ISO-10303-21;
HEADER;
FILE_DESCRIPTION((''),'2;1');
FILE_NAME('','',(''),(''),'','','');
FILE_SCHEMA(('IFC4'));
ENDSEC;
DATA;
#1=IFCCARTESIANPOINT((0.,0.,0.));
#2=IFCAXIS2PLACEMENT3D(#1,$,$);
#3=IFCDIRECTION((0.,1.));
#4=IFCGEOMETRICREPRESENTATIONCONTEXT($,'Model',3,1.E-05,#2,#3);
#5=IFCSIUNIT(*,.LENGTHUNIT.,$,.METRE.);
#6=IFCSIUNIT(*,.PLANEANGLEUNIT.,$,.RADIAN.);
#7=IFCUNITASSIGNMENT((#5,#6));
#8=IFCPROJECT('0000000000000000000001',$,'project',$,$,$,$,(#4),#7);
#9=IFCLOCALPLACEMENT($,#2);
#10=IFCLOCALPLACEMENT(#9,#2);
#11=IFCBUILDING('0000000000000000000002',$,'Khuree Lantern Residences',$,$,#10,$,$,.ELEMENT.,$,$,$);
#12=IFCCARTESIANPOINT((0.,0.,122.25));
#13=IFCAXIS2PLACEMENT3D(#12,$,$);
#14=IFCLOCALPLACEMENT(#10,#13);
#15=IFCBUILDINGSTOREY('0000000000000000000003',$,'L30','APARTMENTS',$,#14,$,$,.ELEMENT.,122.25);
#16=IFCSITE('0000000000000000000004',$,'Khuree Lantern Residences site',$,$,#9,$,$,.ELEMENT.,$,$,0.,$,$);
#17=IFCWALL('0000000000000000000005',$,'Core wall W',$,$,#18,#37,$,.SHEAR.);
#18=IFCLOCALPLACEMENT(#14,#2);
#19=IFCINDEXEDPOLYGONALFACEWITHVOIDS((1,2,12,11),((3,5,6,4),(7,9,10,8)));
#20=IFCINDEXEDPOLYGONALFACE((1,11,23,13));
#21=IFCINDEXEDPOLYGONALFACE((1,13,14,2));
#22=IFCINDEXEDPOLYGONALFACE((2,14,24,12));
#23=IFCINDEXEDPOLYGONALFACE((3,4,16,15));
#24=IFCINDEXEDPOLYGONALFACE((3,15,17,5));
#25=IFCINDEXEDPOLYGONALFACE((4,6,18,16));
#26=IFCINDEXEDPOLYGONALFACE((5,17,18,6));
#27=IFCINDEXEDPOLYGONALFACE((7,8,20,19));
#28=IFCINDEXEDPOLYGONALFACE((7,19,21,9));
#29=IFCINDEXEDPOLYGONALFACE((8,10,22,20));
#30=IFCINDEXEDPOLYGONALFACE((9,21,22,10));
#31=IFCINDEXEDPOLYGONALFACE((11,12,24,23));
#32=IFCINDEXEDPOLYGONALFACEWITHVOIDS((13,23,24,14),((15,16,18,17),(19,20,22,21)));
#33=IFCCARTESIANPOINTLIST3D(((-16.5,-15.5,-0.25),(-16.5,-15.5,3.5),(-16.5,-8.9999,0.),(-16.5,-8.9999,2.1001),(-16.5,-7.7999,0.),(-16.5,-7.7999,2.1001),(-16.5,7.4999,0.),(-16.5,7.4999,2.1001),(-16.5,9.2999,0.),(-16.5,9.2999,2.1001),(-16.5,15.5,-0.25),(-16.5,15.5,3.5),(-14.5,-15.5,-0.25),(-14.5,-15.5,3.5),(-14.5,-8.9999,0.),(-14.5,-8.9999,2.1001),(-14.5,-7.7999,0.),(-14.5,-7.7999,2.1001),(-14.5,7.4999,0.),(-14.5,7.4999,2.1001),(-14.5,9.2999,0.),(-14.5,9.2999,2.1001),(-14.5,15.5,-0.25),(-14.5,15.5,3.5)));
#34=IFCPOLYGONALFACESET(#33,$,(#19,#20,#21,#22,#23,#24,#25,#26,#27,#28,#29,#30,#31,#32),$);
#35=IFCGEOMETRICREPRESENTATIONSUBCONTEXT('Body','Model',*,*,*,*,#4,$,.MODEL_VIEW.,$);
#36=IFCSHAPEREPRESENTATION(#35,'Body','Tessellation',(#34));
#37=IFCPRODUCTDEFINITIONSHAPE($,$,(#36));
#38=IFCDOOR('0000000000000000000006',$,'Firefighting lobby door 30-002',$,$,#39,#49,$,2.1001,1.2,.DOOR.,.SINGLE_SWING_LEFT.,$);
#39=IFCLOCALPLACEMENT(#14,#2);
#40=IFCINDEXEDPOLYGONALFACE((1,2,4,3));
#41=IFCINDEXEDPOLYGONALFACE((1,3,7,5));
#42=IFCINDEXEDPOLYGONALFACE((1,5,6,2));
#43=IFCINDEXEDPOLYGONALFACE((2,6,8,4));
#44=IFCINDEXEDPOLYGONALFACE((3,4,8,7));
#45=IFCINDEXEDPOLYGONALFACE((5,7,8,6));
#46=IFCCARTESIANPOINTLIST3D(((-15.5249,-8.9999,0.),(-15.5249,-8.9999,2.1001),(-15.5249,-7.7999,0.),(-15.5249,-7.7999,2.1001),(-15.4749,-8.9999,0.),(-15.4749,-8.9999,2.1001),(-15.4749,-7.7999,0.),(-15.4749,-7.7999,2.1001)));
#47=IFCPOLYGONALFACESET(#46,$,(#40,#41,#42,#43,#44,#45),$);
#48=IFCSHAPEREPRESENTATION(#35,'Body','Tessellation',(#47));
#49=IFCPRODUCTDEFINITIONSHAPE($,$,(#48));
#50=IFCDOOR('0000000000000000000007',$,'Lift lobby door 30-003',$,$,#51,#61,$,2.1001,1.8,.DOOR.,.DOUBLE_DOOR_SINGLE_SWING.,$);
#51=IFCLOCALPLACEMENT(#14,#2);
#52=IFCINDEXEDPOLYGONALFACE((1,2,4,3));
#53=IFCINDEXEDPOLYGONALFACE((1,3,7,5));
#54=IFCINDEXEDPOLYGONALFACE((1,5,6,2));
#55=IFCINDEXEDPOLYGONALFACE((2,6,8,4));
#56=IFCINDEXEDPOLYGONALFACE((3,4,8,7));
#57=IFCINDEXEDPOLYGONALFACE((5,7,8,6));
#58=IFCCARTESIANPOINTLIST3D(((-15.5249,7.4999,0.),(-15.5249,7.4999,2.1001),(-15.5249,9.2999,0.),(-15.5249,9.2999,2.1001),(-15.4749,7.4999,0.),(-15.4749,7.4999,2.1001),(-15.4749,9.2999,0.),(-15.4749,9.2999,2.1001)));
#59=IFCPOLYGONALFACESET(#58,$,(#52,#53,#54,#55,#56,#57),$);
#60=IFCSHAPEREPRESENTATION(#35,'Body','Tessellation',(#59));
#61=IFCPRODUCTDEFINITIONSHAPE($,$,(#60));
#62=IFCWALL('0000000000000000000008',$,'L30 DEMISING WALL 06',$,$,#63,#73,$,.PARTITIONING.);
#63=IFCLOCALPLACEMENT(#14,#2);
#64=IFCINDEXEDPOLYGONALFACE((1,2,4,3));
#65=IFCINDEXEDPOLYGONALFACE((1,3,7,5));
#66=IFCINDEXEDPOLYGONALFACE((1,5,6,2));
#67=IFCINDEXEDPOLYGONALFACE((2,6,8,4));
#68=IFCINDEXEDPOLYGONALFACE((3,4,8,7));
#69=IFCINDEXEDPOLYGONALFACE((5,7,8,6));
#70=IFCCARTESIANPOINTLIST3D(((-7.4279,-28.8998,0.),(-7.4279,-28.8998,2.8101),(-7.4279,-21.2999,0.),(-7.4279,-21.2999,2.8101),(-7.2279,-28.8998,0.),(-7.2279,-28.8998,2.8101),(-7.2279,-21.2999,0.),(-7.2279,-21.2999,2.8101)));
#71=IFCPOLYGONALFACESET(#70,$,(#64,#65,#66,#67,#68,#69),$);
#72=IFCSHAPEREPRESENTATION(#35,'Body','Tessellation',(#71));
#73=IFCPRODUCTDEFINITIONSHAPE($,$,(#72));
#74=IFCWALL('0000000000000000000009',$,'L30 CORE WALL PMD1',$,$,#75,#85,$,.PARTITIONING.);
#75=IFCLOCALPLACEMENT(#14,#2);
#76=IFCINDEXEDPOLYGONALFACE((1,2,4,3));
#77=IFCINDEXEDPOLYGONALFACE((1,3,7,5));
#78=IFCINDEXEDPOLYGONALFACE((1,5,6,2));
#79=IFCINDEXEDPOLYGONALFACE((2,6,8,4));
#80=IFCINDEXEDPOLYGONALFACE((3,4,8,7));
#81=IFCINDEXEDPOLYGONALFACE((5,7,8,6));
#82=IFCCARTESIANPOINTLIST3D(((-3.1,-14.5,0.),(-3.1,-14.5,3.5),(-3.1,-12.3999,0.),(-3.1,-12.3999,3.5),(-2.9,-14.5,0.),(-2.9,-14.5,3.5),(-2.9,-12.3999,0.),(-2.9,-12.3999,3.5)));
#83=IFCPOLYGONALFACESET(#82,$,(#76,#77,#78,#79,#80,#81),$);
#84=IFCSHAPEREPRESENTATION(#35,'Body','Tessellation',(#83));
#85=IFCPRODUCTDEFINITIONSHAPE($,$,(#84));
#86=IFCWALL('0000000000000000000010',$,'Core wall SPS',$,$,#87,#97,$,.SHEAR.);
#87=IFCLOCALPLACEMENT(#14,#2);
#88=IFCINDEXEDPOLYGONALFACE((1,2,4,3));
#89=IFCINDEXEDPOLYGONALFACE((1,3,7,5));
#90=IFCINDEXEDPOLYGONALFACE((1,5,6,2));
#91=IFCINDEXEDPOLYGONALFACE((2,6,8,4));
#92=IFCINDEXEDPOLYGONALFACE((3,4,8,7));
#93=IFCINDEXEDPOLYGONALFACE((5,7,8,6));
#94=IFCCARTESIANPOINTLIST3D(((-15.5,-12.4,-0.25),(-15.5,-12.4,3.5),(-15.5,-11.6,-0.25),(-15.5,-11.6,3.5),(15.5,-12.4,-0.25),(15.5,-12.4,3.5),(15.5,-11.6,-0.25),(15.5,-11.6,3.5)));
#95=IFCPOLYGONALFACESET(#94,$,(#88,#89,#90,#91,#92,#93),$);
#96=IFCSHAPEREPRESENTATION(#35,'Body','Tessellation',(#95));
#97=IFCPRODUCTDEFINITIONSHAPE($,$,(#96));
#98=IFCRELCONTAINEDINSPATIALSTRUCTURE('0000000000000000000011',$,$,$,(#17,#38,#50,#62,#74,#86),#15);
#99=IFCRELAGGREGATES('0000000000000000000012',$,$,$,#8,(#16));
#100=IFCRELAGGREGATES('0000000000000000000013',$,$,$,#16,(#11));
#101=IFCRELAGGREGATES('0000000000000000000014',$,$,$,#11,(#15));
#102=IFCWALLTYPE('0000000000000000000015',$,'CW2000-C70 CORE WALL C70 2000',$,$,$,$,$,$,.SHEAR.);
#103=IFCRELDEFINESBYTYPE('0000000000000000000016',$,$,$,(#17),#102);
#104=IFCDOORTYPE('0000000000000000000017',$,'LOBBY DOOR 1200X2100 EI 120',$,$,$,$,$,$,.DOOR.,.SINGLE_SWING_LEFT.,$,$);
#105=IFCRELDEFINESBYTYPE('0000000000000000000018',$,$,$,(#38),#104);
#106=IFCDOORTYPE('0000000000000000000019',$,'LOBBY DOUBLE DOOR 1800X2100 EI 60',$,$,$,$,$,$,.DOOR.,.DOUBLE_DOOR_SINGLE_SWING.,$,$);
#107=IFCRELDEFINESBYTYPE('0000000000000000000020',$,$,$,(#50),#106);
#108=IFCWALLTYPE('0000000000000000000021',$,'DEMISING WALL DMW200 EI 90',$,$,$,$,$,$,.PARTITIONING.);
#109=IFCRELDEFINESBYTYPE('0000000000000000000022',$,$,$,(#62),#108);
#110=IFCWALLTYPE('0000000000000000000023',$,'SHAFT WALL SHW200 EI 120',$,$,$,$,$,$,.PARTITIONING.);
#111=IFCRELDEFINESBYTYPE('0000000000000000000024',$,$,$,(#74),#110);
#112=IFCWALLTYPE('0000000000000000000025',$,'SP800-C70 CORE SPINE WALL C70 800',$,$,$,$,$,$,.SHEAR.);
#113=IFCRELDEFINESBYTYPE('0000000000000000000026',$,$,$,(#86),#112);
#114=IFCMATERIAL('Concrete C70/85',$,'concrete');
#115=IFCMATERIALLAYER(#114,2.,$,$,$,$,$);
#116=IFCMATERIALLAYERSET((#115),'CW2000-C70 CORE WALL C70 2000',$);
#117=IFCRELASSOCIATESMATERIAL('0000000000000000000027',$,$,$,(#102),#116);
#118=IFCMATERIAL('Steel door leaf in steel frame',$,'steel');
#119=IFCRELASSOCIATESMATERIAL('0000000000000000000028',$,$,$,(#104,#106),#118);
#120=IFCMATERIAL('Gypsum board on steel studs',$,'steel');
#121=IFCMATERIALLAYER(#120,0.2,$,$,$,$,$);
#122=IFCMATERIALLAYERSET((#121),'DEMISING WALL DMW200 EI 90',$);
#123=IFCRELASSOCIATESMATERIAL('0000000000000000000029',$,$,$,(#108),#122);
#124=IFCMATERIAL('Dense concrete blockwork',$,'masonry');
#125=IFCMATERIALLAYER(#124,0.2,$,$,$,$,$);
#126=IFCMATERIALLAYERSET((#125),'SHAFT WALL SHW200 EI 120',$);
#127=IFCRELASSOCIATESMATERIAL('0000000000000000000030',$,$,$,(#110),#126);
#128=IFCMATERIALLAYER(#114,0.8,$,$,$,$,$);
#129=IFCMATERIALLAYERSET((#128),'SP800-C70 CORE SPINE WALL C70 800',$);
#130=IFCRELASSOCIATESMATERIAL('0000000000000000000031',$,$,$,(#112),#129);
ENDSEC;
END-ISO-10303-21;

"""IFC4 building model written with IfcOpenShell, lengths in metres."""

from ifc_helpers import new_model, si_unit, direction, frame, frame_2d, origin, place, context, subcontext, project, spatial, rectangle, extrude, material, layer, layer_set, type_object, element, fill, save


model = new_model("IFC4")

# Units and contexts
model_context = context("Model", 3, precision=1e-05, world=origin(), true_north=direction((0.0, 1.0)))
body_context = subcontext(model_context, "Body", "Model", "MODEL_VIEW")
ifc_project = project(units=[si_unit("LENGTHUNIT", "METRE"), si_unit("PLANEANGLEUNIT", "RADIAN")], contexts=[model_context])

# Site, building, storey
site_placement = place(None, origin())
site = spatial("IfcSite", under=ifc_project, at=site_placement, Name="Khuree Lantern Residences site", CompositionType="ELEMENT", RefElevation=0.0)
building_placement = place(site_placement, origin())
building = spatial("IfcBuilding", under=site, at=building_placement, Name="Khuree Lantern Residences", CompositionType="ELEMENT")
storey_placement = place(building_placement, frame((0.0, 0.0, 122.25)))
storey = spatial("IfcBuildingStorey", under=building, at=storey_placement, Name="L30", Description="APARTMENTS", CompositionType="ELEMENT", Elevation=122.25)

# Shared definitions
ifc_material_1 = material(Name="Concrete C70/85", Category="concrete")

# Shared definitions
ifc_material_2 = material(Name="Dense concrete blockwork", Category="masonry")

# Shared definitions
ifc_material_3 = material(Name="Gypsum board on steel studs", Category="steel")

# Wall, openings, doors
ifc_layer_1 = layer(ifc_material_1, 2.0)
ifc_layer_set_1 = layer_set([ifc_layer_1], Name="CW2000-C70 CORE WALL C70 2000")
wall_type_1 = type_object("IfcWallType", Name="CW2000-C70 CORE WALL C70 2000", PredefinedType="SHEAR", material=ifc_layer_set_1)
wall_1_placement = place(storey_placement, frame((-15.5, -15.5, -0.25), z_axis=(0.0, 0.0, 1.0), x_axis=(0.0, 1.0, 0.0)))
wall_1 = element("IfcWall", 1, at=wall_1_placement, inside=storey, type_object=wall_type_1, Name="Core wall W", PredefinedType="SHEAR", context=body_context, shape_type="SweptSolid", body=[
    extrude(rectangle(XDim=31.0, YDim=2.0, at=frame_2d((15.5, 0.0))), origin(), (0.0, 0.0, 1.0), 3.75),
])
opening_1_placement = place(wall_1_placement, frame((6.5, 0.0, 0.25)))
opening_1 = element("IfcOpeningElement", 2, at=opening_1_placement, cuts=wall_1, PredefinedType="OPENING", context=body_context, shape_type="SweptSolid", body=[
    extrude(rectangle(XDim=1.2, YDim=2.1001, at=frame_2d((0.6001, 1.05))), frame((0.0, 1.01, 0.0), z_axis=(0.0, -1.0, 0.0), x_axis=(1.0, 0.0, 0.0)), (0.0, 0.0, 1.0), 2.02),
])
opening_2_placement = place(wall_1_placement, frame((23.0, 0.0, 0.25)))
opening_2 = element("IfcOpeningElement", 3, at=opening_2_placement, cuts=wall_1, PredefinedType="OPENING", context=body_context, shape_type="SweptSolid", body=[
    extrude(rectangle(XDim=1.8, YDim=2.1001, at=frame_2d((0.8999, 1.05))), frame((0.0, 1.01, 0.0), z_axis=(0.0, -1.0, 0.0), x_axis=(1.0, 0.0, 0.0)), (0.0, 0.0, 1.0), 2.02),
])
ifc_material_4 = material(Name="Steel door leaf in steel frame", Category="steel")
door_type_1 = type_object("IfcDoorType", Name="LOBBY DOOR 1200X2100 EI 120", OperationType="SINGLE_SWING_LEFT", PredefinedType="DOOR", material=ifc_material_4)
door_1_placement = place(opening_1_placement, origin())
door_1 = element("IfcDoor", 4, at=door_1_placement, inside=storey, type_object=door_type_1, Name="Firefighting lobby door 30-002", OperationType="SINGLE_SWING_LEFT", OverallHeight=2.1001, OverallWidth=1.2, PredefinedType="DOOR", context=body_context, shape_type="SweptSolid", body=[
    extrude(rectangle(XDim=1.2, YDim=2.1001, at=frame_2d((0.6001, 1.05))), frame((0.0, 0.0249, 0.0), z_axis=(0.0, -1.0, 0.0), x_axis=(1.0, 0.0, 0.0)), (0.0, 0.0, 1.0), 0.05),
])
fill(opening_1, door_1)
door_type_2 = type_object("IfcDoorType", Name="LOBBY DOUBLE DOOR 1800X2100 EI 60", OperationType="DOUBLE_DOOR_SINGLE_SWING", PredefinedType="DOOR", material=ifc_material_4)
door_2_placement = place(opening_2_placement, origin())
door_2 = element("IfcDoor", 5, at=door_2_placement, inside=storey, type_object=door_type_2, Name="Lift lobby door 30-003", OperationType="DOUBLE_DOOR_SINGLE_SWING", OverallHeight=2.1001, OverallWidth=1.8, PredefinedType="DOOR", context=body_context, shape_type="SweptSolid", body=[
    extrude(rectangle(XDim=1.8, YDim=2.1001, at=frame_2d((0.8999, 1.05))), frame((0.0, 0.0249, 0.0), z_axis=(0.0, -1.0, 0.0), x_axis=(1.0, 0.0, 0.0)), (0.0, 0.0, 1.0), 0.05),
])
fill(opening_2, door_2)

# Walls
ifc_layer_2 = layer(ifc_material_3, 0.2)
ifc_layer_set_2 = layer_set([ifc_layer_2], Name="DEMISING WALL DMW200 EI 90")
wall_type_2 = type_object("IfcWallType", Name="DEMISING WALL DMW200 EI 90", PredefinedType="PARTITIONING", material=ifc_layer_set_2)
wall_2_placement = place(storey_placement, frame((-7.3279, -21.3, 0.0), z_axis=(0.0, 0.0, 1.0), x_axis=(0.0, -1.0, 0.0)))
element("IfcWall", 6, at=wall_2_placement, inside=storey, type_object=wall_type_2, Name="L30 DEMISING WALL 06", PredefinedType="PARTITIONING", context=body_context, shape_type="SweptSolid", body=[
    extrude(rectangle(XDim=7.5999, YDim=0.2, at=frame_2d((3.7998, 0.0))), origin(), (0.0, 0.0, 1.0), 2.8101),
])
ifc_layer_3 = layer(ifc_material_2, 0.2)
ifc_layer_set_3 = layer_set([ifc_layer_3], Name="SHAFT WALL SHW200 EI 120")
wall_type_3 = type_object("IfcWallType", Name="SHAFT WALL SHW200 EI 120", PredefinedType="PARTITIONING", material=ifc_layer_set_3)
wall_3_placement = place(storey_placement, frame((-3.0, -14.5, 0.0), z_axis=(0.0, 0.0, 1.0), x_axis=(0.0, 1.0, 0.0)))
element("IfcWall", 7, at=wall_3_placement, inside=storey, type_object=wall_type_3, Name="L30 CORE WALL PMD1", PredefinedType="PARTITIONING", context=body_context, shape_type="SweptSolid", body=[
    extrude(rectangle(XDim=2.1001, YDim=0.2, at=frame_2d((1.05, 0.0))), origin(), (0.0, 0.0, 1.0), 3.5),
])
ifc_layer_4 = layer(ifc_material_1, 0.8)
ifc_layer_set_4 = layer_set([ifc_layer_4], Name="SP800-C70 CORE SPINE WALL C70 800")
wall_type_4 = type_object("IfcWallType", Name="SP800-C70 CORE SPINE WALL C70 800", PredefinedType="SHEAR", material=ifc_layer_set_4)
wall_4_placement = place(storey_placement, frame((-15.5, -12.0, -0.25), z_axis=(0.0, 0.0, 1.0), x_axis=(1.0, 0.0, 0.0)))
element("IfcWall", 8, at=wall_4_placement, inside=storey, type_object=wall_type_4, Name="Core wall SPS", PredefinedType="SHEAR", context=body_context, shape_type="SweptSolid", body=[
    extrude(rectangle(XDim=31.0, YDim=0.8, at=frame_2d((15.5, 0.0))), origin(), (0.0, 0.0, 1.0), 3.75),
])

save(model, "model.ifc")
